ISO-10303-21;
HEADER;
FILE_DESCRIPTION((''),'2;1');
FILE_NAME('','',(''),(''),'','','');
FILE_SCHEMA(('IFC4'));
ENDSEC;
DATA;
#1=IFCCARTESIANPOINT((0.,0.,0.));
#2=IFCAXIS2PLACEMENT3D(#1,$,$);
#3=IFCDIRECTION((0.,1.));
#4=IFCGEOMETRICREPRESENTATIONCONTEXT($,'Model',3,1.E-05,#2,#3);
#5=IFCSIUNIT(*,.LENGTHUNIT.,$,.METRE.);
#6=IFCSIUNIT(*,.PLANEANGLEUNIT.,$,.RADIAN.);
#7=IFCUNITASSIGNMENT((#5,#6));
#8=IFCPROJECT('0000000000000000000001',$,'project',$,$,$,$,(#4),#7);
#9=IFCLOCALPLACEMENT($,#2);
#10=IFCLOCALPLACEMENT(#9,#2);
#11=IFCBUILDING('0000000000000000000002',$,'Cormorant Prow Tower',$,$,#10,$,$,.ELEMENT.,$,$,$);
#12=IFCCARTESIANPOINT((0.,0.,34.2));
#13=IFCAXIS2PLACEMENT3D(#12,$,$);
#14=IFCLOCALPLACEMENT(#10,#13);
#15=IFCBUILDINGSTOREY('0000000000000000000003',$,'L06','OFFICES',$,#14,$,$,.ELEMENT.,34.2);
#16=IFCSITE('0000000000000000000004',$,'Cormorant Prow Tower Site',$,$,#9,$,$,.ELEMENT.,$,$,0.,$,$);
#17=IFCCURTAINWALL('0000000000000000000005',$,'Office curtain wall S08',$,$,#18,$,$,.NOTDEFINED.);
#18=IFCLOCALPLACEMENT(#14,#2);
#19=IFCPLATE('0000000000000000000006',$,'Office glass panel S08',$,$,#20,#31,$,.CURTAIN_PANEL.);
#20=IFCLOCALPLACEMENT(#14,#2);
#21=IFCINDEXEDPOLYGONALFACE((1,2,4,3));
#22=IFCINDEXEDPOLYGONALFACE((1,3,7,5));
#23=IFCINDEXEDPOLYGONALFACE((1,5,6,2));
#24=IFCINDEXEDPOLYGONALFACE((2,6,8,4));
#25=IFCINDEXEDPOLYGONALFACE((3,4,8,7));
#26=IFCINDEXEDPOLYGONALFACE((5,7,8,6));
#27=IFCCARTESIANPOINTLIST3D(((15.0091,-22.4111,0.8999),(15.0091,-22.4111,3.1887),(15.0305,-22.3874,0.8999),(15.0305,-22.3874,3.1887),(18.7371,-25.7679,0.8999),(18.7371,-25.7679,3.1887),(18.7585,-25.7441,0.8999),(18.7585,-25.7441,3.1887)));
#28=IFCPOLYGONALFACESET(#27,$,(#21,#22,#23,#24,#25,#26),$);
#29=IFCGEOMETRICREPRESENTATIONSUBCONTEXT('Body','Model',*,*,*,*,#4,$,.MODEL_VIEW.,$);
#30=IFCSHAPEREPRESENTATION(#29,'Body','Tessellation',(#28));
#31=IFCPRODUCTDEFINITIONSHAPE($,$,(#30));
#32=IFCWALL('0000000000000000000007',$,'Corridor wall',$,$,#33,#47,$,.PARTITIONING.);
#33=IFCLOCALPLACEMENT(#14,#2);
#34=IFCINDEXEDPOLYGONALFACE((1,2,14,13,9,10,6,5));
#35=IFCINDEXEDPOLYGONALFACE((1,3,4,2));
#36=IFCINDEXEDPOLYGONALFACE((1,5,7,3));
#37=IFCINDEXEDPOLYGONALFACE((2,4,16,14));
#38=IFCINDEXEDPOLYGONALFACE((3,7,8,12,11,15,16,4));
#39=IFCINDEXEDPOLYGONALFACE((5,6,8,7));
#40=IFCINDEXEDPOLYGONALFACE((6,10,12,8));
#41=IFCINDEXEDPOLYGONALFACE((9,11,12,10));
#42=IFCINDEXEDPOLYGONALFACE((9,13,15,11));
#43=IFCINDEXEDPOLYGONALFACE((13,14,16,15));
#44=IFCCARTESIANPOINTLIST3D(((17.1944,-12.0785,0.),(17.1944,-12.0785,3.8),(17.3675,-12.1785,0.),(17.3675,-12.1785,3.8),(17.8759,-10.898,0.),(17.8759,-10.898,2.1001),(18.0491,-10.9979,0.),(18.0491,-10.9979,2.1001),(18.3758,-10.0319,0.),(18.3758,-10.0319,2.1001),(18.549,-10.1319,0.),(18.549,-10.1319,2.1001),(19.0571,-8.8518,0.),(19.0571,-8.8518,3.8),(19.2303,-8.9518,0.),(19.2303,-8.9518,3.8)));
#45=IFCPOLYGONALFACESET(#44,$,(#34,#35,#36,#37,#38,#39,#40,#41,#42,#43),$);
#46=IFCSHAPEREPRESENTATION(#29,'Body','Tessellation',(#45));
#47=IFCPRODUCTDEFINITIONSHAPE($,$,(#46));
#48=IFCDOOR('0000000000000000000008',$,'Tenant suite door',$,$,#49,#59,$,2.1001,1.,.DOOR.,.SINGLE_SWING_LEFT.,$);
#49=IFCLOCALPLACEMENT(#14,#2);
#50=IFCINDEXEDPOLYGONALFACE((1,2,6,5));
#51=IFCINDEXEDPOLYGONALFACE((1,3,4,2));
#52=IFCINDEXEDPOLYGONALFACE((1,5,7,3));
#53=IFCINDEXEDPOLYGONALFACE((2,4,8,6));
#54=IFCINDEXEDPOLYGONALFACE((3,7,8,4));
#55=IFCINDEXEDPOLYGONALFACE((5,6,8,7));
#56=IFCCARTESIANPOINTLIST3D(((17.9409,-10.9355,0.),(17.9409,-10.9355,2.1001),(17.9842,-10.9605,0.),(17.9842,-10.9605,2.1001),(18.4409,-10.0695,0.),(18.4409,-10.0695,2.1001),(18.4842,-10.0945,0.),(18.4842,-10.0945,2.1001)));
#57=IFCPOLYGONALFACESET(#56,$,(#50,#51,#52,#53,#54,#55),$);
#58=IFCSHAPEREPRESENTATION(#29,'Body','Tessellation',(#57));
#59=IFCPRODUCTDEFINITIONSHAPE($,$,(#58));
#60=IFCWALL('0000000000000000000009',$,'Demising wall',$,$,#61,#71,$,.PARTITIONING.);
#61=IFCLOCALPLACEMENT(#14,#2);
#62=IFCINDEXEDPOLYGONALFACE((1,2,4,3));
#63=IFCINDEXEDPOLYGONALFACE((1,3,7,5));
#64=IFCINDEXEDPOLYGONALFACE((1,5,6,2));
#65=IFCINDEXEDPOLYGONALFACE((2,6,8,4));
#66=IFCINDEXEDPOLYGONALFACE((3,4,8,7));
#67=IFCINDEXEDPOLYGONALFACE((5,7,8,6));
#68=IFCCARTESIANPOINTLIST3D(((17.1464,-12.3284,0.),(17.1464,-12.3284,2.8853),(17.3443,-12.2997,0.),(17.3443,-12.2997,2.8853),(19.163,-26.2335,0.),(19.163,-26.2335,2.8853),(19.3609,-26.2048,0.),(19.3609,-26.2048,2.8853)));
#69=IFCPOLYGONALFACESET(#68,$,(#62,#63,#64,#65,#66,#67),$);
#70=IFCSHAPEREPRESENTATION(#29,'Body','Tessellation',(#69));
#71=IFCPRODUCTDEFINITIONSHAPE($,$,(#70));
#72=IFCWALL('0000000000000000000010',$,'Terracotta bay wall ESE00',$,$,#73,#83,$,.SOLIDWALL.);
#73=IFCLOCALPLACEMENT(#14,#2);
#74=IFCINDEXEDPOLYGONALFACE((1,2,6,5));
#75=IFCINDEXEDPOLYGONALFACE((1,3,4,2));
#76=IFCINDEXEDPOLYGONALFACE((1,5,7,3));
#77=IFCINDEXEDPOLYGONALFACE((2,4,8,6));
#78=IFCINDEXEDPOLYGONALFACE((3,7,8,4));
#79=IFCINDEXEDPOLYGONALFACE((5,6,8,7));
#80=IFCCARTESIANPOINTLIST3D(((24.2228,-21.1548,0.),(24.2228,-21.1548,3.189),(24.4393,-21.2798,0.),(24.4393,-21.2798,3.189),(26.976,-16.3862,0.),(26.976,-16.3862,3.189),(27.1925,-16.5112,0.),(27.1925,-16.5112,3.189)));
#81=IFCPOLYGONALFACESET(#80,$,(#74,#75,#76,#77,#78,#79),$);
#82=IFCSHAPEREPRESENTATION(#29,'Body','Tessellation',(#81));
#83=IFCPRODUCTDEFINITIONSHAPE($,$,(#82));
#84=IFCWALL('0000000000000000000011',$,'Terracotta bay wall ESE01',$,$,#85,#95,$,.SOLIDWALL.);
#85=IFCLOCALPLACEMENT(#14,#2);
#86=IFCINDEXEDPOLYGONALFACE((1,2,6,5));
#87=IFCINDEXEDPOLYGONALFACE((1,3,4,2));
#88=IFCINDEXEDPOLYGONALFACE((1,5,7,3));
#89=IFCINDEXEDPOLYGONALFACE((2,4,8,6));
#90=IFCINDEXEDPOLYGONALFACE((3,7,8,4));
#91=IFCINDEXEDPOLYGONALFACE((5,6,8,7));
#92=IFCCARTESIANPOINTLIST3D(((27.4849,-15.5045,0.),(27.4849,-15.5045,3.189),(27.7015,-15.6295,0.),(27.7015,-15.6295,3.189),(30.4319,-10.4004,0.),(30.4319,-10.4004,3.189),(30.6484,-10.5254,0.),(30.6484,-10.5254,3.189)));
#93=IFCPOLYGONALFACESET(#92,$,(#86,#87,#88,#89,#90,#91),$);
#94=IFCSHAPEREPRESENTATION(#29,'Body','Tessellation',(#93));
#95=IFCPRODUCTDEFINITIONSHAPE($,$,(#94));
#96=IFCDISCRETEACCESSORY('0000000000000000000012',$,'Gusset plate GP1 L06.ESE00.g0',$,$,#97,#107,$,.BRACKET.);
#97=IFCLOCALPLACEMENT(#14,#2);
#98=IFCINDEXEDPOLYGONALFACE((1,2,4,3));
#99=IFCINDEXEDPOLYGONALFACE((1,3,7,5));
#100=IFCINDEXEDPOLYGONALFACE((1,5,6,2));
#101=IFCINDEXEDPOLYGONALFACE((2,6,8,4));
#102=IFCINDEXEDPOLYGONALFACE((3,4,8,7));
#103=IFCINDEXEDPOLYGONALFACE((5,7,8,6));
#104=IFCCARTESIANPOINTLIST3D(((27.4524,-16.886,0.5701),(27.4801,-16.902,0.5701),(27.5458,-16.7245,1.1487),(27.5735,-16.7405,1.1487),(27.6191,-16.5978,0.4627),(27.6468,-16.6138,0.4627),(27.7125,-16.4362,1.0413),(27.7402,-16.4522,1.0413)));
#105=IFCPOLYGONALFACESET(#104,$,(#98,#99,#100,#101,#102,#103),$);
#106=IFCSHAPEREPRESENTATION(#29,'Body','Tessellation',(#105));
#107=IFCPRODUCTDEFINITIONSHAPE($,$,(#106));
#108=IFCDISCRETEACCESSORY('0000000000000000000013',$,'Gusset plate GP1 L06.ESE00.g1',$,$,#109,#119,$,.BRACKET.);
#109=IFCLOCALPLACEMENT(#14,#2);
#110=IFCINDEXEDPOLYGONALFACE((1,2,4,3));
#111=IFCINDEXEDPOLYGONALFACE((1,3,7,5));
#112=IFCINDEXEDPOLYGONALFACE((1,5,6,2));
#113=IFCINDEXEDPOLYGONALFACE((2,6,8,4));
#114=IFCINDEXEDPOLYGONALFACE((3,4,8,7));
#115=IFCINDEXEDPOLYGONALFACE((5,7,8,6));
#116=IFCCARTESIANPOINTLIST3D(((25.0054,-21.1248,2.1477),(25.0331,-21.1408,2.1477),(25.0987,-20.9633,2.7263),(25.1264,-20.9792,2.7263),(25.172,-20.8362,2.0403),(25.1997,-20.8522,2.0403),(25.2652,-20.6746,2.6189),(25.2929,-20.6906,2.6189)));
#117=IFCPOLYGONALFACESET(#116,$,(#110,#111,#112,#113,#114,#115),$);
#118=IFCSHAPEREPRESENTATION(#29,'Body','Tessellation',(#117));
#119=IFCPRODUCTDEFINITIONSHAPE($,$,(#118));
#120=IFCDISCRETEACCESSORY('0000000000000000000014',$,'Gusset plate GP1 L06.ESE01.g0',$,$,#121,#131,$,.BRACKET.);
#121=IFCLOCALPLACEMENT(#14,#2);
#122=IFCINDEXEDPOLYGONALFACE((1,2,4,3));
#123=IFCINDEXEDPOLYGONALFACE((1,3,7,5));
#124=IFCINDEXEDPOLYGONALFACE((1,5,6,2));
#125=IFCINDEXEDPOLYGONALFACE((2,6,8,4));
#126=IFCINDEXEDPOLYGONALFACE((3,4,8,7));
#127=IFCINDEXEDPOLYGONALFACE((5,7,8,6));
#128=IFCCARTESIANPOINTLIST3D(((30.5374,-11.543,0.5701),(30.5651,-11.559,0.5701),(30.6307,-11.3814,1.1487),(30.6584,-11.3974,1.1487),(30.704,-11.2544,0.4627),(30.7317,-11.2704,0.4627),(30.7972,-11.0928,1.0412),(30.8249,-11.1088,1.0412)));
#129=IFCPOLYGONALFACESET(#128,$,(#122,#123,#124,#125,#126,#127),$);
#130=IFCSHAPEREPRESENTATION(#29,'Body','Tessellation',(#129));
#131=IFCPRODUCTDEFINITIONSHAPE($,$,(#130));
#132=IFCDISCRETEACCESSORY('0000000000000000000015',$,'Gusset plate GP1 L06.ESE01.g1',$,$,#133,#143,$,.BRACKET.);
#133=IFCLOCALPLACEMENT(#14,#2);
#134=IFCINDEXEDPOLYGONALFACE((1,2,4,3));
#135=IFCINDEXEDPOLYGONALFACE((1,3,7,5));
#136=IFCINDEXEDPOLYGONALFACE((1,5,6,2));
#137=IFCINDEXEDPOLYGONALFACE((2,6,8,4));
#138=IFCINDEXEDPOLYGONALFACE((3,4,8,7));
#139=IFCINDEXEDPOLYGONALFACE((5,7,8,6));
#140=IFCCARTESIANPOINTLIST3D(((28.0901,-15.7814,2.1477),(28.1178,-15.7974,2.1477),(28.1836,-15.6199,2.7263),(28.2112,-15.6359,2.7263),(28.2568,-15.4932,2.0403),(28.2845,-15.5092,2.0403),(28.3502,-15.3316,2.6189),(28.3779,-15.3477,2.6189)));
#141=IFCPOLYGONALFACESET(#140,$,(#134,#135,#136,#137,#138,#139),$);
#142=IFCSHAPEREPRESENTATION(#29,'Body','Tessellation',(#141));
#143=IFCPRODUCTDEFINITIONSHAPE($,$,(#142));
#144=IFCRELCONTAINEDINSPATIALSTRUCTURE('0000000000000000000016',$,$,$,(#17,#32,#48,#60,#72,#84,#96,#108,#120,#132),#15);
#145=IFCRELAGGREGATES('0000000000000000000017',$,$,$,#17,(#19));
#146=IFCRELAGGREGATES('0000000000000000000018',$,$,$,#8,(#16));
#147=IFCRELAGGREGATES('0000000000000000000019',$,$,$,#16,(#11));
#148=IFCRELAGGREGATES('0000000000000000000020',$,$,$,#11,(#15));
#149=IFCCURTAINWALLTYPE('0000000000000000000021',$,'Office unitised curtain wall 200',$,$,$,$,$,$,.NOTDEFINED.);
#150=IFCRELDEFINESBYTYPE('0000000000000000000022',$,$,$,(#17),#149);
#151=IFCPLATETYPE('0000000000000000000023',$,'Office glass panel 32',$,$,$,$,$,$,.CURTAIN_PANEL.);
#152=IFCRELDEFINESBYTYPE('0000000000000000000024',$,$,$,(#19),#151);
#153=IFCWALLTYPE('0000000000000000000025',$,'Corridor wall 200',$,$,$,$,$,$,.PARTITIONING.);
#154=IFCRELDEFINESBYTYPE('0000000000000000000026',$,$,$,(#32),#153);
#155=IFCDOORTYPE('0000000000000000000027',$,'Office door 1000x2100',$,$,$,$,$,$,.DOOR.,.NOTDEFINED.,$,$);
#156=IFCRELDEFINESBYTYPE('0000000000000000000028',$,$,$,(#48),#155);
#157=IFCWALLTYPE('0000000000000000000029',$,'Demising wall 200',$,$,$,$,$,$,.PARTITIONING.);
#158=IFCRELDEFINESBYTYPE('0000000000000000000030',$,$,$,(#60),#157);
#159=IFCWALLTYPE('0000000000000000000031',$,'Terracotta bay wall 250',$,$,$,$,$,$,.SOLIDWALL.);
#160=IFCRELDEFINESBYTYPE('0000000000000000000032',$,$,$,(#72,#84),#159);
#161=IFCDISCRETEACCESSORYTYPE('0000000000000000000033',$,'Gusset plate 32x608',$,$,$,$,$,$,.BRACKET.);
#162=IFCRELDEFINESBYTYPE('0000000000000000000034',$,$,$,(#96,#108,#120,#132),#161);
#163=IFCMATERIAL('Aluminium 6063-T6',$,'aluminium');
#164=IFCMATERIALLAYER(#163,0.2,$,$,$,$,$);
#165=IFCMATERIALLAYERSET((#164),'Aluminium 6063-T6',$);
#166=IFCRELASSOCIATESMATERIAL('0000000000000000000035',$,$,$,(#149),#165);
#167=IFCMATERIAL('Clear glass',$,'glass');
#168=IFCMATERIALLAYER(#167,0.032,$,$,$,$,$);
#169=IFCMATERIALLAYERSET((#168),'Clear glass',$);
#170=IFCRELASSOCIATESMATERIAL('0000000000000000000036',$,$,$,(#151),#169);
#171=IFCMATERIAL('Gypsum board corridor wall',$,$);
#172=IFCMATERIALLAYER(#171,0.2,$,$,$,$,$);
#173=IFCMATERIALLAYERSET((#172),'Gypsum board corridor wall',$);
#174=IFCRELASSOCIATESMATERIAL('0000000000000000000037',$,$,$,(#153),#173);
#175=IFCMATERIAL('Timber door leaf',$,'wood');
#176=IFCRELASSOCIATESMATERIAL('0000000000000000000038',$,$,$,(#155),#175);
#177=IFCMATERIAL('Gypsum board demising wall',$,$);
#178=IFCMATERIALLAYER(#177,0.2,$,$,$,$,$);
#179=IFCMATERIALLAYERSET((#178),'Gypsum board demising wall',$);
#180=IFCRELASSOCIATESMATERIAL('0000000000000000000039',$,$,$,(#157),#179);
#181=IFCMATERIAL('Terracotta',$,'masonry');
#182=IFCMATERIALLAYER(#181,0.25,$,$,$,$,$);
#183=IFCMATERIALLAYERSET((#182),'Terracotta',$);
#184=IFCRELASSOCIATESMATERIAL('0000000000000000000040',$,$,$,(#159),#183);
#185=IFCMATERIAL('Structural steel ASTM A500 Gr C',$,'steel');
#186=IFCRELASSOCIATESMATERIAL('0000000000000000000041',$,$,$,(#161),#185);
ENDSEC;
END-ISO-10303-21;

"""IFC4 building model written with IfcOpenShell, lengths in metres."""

from ifc_helpers import new_model, si_unit, direction, frame, frame_2d, origin, origin_2d, place, context, subcontext, project, spatial, rectangle, extrude, material, layer, layer_set, material_profile, profile_set, type_object, element, fill, aggregate, save


model = new_model("IFC4")

# Units and contexts
model_context = context("Model", 3, precision=1e-05, world=origin(), true_north=direction((0.0, 1.0)))
body_context = subcontext(model_context, "Body", "Model", "MODEL_VIEW")
ifc_project = project(units=[si_unit("LENGTHUNIT", "METRE"), si_unit("PLANEANGLEUNIT", "RADIAN")], contexts=[model_context])

# Site, building, storey
site_placement = place(None, origin())
site = spatial("IfcSite", under=ifc_project, at=site_placement, Name="Cormorant Prow Tower Site", CompositionType="ELEMENT", RefElevation=0.0)
building_placement = place(site_placement, origin())
building = spatial("IfcBuilding", under=site, at=building_placement, Name="Cormorant Prow Tower", CompositionType="ELEMENT")
storey_placement = place(building_placement, frame((0.0, 0.0, 34.2)))
storey = spatial("IfcBuildingStorey", under=building, at=storey_placement, Name="L06", Description="OFFICES", CompositionType="ELEMENT", Elevation=34.2)

# Curtain wall, plate
ifc_material_1 = material(Name="Aluminium 6063-T6", Category="aluminium")
ifc_layer_1 = layer(ifc_material_1, 0.2)
ifc_layer_set_1 = layer_set([ifc_layer_1], Name="Aluminium 6063-T6")
curtain_wall_type = type_object("IfcCurtainWallType", Name="Office unitised curtain wall 200", PredefinedType="NOTDEFINED", material=ifc_layer_set_1)
curtain_wall_placement = place(storey_placement, origin())
curtain_wall = element("IfcCurtainWall", 1, at=curtain_wall_placement, inside=storey, type_object=curtain_wall_type, Name="Office curtain wall S08", PredefinedType="NOTDEFINED")
ifc_material_2 = material(Name="Clear glass", Category="glass")
ifc_layer_2 = layer(ifc_material_2, 0.032)
ifc_layer_set_2 = layer_set([ifc_layer_2], Name="Clear glass")
plate_type = type_object("IfcPlateType", Name="Office glass panel 32", PredefinedType="CURTAIN_PANEL", material=ifc_layer_set_2)
plate_placement = place(storey_placement, frame((16.8838, -24.0776, 0.8999), z_axis=(0.0, 0.0, 1.0), x_axis=(0.743145, -0.669131, 0.0)))
plate = element("IfcPlate", 2, at=plate_placement, type_object=plate_type, Name="Office glass panel S08", PredefinedType="CURTAIN_PANEL", context=body_context, shape_type="SweptSolid", body=[
    extrude(rectangle(XDim=5.0166, YDim=0.032, at=origin_2d()), origin(), (0.0, 0.0, 1.0), 2.2888),
])
aggregate(curtain_wall, [plate])

# Wall, opening, door
ifc_material_3 = material(Name="Gypsum board corridor wall")
ifc_layer_3 = layer(ifc_material_3, 0.2)
ifc_layer_set_3 = layer_set([ifc_layer_3], Name="Gypsum board corridor wall")
wall_type_1 = type_object("IfcWallType", Name="Corridor wall 200", PredefinedType="PARTITIONING", material=ifc_layer_set_3)
wall_1_placement = place(storey_placement, frame((17.281, -12.1284, 0.0), z_axis=(0.0, 0.0, 1.0), x_axis=(0.499959, 0.866049, 0.0)))
wall_1 = element("IfcWall", 3, at=wall_1_placement, inside=storey, type_object=wall_type_1, Name="Corridor wall", PredefinedType="PARTITIONING", context=body_context, shape_type="SweptSolid", body=[
    extrude(rectangle(XDim=3.7258, YDim=0.2, at=frame_2d((1.8628, 0.0))), origin(), (0.0, 0.0, 1.0), 3.8),
])
opening_1_placement = place(wall_1_placement, frame((1.363, 0.0, 0.0)))
opening_1 = element("IfcOpeningElement", 4, at=opening_1_placement, cuts=wall_1, PredefinedType="OPENING", context=body_context, shape_type="SweptSolid", body=[
    extrude(rectangle(XDim=1.0, YDim=2.1001, at=frame_2d((0.5, 1.05))), frame((0.0, 0.1099, 0.0), z_axis=(0.0, -1.0, 0.0), x_axis=(1.0, 0.0, 0.0)), (0.0, 0.0, 1.0), 0.22),
])
ifc_material_4 = material(Name="Timber door leaf", Category="wood")
door_type_1 = type_object("IfcDoorType", Name="Office door 1000x2100", OperationType="NOTDEFINED", PredefinedType="DOOR", material=ifc_material_4)
door_1_placement = place(opening_1_placement, origin())
door_1 = element("IfcDoor", 5, at=door_1_placement, inside=storey, type_object=door_type_1, Name="Tenant suite door", OperationType="SINGLE_SWING_LEFT", OverallHeight=2.1001, OverallWidth=1.0, PredefinedType="DOOR", context=body_context, shape_type="SweptSolid", body=[
    extrude(rectangle(XDim=1.0, YDim=2.1001, at=frame_2d((0.5, 1.05))), frame((0.0, 0.0249, 0.0), z_axis=(0.0, -1.0, 0.0), x_axis=(1.0, 0.0, 0.0)), (0.0, 0.0, 1.0), 0.05),
])
fill(opening_1, door_1)

# Walls
ifc_material_5 = material(Name="Gypsum board demising wall")
ifc_layer_4 = layer(ifc_material_5, 0.2)
ifc_layer_set_4 = layer_set([ifc_layer_4], Name="Gypsum board demising wall")
wall_type_2 = type_object("IfcWallType", Name="Demising wall 200", PredefinedType="PARTITIONING", material=ifc_layer_set_4)
wall_2_placement = place(storey_placement, frame((17.2454, -12.314, 0.0), z_axis=(0.0, 0.0, 1.0), x_axis=(0.143525, -0.989647, 0.0)))
element("IfcWall", 6, at=wall_2_placement, inside=storey, type_object=wall_type_2, Name="Demising wall", PredefinedType="PARTITIONING", context=body_context, shape_type="SweptSolid", body=[
    extrude(rectangle(XDim=14.0505, YDim=0.2, at=frame_2d((7.0254, 0.0))), origin(), (0.0, 0.0, 1.0), 2.8853),
])
ifc_material_6 = material(Name="Terracotta", Category="masonry")
ifc_layer_5 = layer(ifc_material_6, 0.25)
ifc_layer_set_5 = layer_set([ifc_layer_5], Name="Terracotta")
wall_type_3 = type_object("IfcWallType", Name="Terracotta bay wall 250", PredefinedType="SOLIDWALL", material=ifc_layer_set_5)
wall_3_placement = place(storey_placement, frame((24.3311, -21.2173, 0.0), z_axis=(0.0, 0.0, 1.0), x_axis=(0.500006, 0.866022, 0.0)))
element("IfcWall", 7, at=wall_3_placement, inside=storey, type_object=wall_type_3, Name="Terracotta bay wall ESE00", PredefinedType="SOLIDWALL", context=body_context, shape_type="SweptSolid", body=[
    extrude(rectangle(XDim=5.5063, YDim=0.25, at=frame_2d((2.7532, 0.0))), origin(), (0.0, 0.0, 1.0), 3.189),
])
wall_4_placement = place(storey_placement, frame((27.5933, -15.5669, 0.0), z_axis=(0.0, 0.0, 1.0), x_axis=(0.50001, 0.866019, 0.0)))
element("IfcWall", 8, at=wall_4_placement, inside=storey, type_object=wall_type_3, Name="Terracotta bay wall ESE01", PredefinedType="SOLIDWALL", context=body_context, shape_type="SweptSolid", body=[
    extrude(rectangle(XDim=5.8938, YDim=0.25, at=frame_2d((2.9468, 0.0))), origin(), (0.0, 0.0, 1.0), 3.189),
])

# Discrete accessories
ifc_material_7 = material(Name="Structural steel ASTM A500 Gr C", Category="steel")
ifc_material_profile_1 = material_profile(ifc_material_7, rectangle(XDim=0.032, YDim=0.6079, at=origin_2d()), Name="Gusset plate 32x608")
ifc_profile_set_1 = profile_set([ifc_material_profile_1], Name="Structural steel ASTM A500 Gr C")
discrete_accessory_type = type_object("IfcDiscreteAccessoryType", Name="Gusset plate 32x608", PredefinedType="BRACKET", material=ifc_profile_set_1)
discrete_accessory_1_placement = place(storey_placement, frame((27.5129, -16.8132, 0.8594), z_axis=(0.476465, 0.823872, -0.306946), x_axis=(-0.86566, 0.500632, 0.0)))
element("IfcDiscreteAccessory", 9, at=discrete_accessory_1_placement, inside=storey, type_object=discrete_accessory_type, Name="Gusset plate GP1 L06.ESE00.g0", PredefinedType="BRACKET", context=body_context, shape_type="SweptSolid", body=[
    extrude(rectangle(XDim=0.032, YDim=0.6079, at=origin_2d()), origin(), (0.0, 0.0, 1.0), 0.3499),
])
for number, where, z_axis, x_axis, name in (
    (10, (25.2324, -20.7634, 2.3296), (-0.475652, -0.82437, 0.306872), (0.866161, -0.499765, 0.0), "Gusset plate GP1 L06.ESE00.g1"),
    (11, (30.5979, -11.4702, 0.8594), (0.475652, 0.82437, -0.306872), (-0.866161, 0.499765, 0.0), "Gusset plate GP1 L06.ESE01.g0"),
):
    element("IfcDiscreteAccessory", number, at=place(storey_placement, frame(where, z_axis=z_axis, x_axis=x_axis)), inside=storey, type_object=discrete_accessory_type, Name=name, PredefinedType="BRACKET", context=body_context, shape_type="SweptSolid", body=[
        extrude(rectangle(XDim=0.032, YDim=0.6079, at=origin_2d()), origin(), (0.0, 0.0, 1.0), 0.3501),
    ])
discrete_accessory_2_placement = place(storey_placement, frame((28.3174, -15.4204, 2.3296), z_axis=(-0.476465, -0.823872, 0.306946), x_axis=(0.86566, -0.500632, 0.0)))
element("IfcDiscreteAccessory", 12, at=discrete_accessory_2_placement, inside=storey, type_object=discrete_accessory_type, Name="Gusset plate GP1 L06.ESE01.g1", PredefinedType="BRACKET", context=body_context, shape_type="SweptSolid", body=[
    extrude(rectangle(XDim=0.032, YDim=0.6079, at=origin_2d()), origin(), (0.0, 0.0, 1.0), 0.3499),
])

save(model, "model.ifc")
